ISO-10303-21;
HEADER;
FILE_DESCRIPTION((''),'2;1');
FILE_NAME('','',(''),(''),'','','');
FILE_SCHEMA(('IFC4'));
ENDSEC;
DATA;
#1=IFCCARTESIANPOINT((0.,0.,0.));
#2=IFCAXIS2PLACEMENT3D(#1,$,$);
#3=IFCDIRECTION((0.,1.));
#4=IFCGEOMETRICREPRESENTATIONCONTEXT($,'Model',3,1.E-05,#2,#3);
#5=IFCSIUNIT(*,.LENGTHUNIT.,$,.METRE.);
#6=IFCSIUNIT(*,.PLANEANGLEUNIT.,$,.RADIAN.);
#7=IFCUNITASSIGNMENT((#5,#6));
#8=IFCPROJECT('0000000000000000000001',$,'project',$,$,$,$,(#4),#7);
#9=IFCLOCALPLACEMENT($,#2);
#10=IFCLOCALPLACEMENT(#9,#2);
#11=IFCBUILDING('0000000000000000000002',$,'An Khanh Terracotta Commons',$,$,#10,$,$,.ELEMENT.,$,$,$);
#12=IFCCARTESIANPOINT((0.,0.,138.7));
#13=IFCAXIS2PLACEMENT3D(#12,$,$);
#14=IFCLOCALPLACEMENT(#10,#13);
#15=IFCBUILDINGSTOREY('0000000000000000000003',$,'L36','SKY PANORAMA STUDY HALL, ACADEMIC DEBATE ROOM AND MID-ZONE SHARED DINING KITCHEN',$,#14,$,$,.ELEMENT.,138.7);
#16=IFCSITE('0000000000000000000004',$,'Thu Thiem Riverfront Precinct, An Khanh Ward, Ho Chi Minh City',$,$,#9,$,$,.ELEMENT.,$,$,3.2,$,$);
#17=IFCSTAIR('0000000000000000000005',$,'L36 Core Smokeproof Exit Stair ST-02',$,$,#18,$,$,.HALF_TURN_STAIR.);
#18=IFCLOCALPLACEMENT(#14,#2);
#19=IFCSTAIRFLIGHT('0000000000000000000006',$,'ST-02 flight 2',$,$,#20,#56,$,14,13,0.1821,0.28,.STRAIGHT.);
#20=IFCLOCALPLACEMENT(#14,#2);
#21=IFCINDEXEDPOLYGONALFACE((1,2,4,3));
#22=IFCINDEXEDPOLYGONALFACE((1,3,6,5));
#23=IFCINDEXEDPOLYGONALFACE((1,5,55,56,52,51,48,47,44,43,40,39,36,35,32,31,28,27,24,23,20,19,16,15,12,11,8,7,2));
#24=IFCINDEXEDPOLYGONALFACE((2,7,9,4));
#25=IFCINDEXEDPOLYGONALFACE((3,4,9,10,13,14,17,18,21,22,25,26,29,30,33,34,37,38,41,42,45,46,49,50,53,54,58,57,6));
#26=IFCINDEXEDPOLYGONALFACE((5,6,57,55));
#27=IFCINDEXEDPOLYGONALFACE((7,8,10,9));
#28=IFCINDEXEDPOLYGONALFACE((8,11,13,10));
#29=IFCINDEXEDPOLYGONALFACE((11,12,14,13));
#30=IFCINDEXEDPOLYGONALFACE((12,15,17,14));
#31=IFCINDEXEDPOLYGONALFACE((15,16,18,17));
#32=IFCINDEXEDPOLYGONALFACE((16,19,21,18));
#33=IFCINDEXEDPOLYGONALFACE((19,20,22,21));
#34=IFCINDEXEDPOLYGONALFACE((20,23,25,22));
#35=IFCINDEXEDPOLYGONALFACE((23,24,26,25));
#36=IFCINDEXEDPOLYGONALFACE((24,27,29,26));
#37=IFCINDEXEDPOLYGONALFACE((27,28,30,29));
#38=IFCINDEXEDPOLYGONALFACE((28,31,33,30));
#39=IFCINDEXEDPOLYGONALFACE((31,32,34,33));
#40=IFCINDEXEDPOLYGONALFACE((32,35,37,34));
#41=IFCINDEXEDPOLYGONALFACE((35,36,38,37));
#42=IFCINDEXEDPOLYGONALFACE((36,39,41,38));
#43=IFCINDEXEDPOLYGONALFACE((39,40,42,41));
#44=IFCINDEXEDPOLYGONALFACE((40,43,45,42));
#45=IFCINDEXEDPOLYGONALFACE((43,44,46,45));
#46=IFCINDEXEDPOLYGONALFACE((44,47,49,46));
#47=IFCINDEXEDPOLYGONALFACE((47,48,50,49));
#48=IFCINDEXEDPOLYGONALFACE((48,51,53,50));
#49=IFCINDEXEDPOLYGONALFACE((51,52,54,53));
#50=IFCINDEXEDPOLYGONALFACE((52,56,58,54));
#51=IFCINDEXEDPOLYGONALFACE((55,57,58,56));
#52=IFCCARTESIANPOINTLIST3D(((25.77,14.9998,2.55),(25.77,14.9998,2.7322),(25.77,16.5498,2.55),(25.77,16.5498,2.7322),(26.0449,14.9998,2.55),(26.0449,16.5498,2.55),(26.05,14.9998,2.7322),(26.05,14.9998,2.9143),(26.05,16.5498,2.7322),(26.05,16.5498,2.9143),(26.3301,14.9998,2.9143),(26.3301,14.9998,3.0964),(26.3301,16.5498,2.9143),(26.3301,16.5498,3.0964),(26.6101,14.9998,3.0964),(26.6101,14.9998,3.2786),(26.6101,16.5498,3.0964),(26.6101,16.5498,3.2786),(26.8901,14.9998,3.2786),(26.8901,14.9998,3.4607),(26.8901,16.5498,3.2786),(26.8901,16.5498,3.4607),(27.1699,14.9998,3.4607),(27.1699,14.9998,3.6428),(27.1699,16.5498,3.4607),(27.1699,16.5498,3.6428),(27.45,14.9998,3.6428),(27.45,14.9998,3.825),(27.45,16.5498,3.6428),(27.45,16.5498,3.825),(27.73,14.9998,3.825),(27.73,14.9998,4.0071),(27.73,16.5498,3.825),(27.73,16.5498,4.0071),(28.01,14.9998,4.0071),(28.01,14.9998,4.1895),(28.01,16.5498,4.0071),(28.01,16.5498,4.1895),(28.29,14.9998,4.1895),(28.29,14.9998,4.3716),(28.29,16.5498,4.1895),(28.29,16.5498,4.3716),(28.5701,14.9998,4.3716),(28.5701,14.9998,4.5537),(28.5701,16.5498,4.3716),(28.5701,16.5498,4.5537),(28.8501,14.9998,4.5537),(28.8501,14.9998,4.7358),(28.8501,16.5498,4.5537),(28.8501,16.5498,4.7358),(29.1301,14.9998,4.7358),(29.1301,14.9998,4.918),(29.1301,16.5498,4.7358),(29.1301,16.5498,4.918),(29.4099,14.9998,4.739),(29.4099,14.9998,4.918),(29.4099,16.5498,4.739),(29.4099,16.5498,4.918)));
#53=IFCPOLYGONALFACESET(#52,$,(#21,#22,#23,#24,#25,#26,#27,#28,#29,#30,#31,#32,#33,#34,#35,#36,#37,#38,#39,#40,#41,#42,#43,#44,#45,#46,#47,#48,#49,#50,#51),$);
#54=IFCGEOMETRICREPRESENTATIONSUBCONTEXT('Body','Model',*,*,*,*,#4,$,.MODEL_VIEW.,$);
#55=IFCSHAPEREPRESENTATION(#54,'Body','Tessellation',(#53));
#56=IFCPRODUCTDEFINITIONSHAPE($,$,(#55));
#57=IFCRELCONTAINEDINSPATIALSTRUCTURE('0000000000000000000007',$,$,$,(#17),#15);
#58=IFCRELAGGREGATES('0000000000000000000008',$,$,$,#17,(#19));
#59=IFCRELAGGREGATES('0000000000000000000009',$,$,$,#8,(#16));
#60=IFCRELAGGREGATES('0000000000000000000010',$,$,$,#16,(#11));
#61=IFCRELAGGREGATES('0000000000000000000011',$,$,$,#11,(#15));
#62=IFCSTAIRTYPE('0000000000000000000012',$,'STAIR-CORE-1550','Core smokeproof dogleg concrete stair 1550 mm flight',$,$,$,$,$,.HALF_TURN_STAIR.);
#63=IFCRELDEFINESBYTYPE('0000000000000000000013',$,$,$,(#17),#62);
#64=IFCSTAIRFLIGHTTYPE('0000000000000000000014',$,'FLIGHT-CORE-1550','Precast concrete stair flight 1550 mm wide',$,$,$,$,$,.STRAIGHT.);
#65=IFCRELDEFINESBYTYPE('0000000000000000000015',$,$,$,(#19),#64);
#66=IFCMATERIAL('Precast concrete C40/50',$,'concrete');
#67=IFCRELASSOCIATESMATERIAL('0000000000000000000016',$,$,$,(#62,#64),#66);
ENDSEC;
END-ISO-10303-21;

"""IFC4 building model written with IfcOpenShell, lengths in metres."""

from ifc_helpers import new_model, si_unit, direction, frame, origin, place, context, subcontext, project, spatial, polyline, outline, extrude, material, type_object, element, aggregate, save


model = new_model("IFC4")

# Units and contexts
model_context = context("Model", 3, precision=1e-05, world=origin(), true_north=direction((0.0, 1.0)))
body_context = subcontext(model_context, "Body", "Model", "MODEL_VIEW")
ifc_project = project(units=[si_unit("LENGTHUNIT", "METRE"), si_unit("PLANEANGLEUNIT", "RADIAN")], contexts=[model_context])

# Site, building, storey
site_placement = place(None, origin())
site = spatial("IfcSite", under=ifc_project, at=site_placement, Name="Thu Thiem Riverfront Precinct, An Khanh Ward, Ho Chi Minh City", CompositionType="ELEMENT", RefElevation=3.2)
building_placement = place(site_placement, origin())
building = spatial("IfcBuilding", under=site, at=building_placement, Name="An Khanh Terracotta Commons", CompositionType="ELEMENT")
storey_placement = place(building_placement, frame((0.0, 0.0, 138.7)))
storey = spatial("IfcBuildingStorey", under=building, at=storey_placement, Name="L36", Description="SKY PANORAMA STUDY HALL, ACADEMIC DEBATE ROOM AND MID-ZONE SHARED DINING KITCHEN", CompositionType="ELEMENT", Elevation=138.7)

# Stair, stair flight
ifc_material_1 = material(Name="Precast concrete C40/50", Category="concrete")
stair_type = type_object("IfcStairType", Name="STAIR-CORE-1550", Description="Core smokeproof dogleg concrete stair 1550 mm flight", PredefinedType="HALF_TURN_STAIR", material=ifc_material_1)
stair_placement = place(storey_placement, origin())
stair = element("IfcStair", 1, at=stair_placement, inside=storey, type_object=stair_type, Name="L36 Core Smokeproof Exit Stair ST-02", PredefinedType="HALF_TURN_STAIR")
stair_flight_type = type_object("IfcStairFlightType", Name="FLIGHT-CORE-1550", Description="Precast concrete stair flight 1550 mm wide", PredefinedType="STRAIGHT", material=ifc_material_1)
stair_flight_1_placement = place(storey_placement, frame((25.77, 15.7749, 2.55), z_axis=(0.0, 0.0, 1.0), x_axis=(1.0, 0.0, 0.0)))
stair_flight_1 = element("IfcStairFlight", 2, at=stair_flight_1_placement, type_object=stair_flight_type, Name="ST-02 flight 2", NumberOfRisers=14, NumberOfTreads=13, PredefinedType="STRAIGHT", RiserHeight=0.1821, TreadLength=0.28, context=body_context, shape_type="SweptSolid", body=[
    extrude(outline(polyline([(0.0, 0.0), (0.0, 0.1821), (0.28, 0.1821), (0.28, 0.3643), (0.5601, 0.3643), (0.5601, 0.5464), (0.8401, 0.5464), (0.8401, 0.7285), (1.1201, 0.7285), (1.1201, 0.9106), (1.3999, 0.9106), (1.3999, 1.0928), (1.6799, 1.0928), (1.6799, 1.2749), (1.96, 1.2749), (1.96, 1.457), (2.24, 1.457), (2.24, 1.6394), (2.52, 1.6394), (2.52, 1.8215), (2.8, 1.8215), (2.8, 2.0037), (3.0801, 2.0037), (3.0801, 2.1858), (3.3601, 2.1858), (3.3601, 2.3679), (3.6399, 2.3679), (3.6399, 2.55), (3.6399, 2.189), (0.2749, 0.0), (0.0, 0.0)])), frame((0.0, 0.7749, 0.0), z_axis=(0.0, -1.0, 0.0), x_axis=(1.0, 0.0, 0.0)), (0.0, 0.0, 1.0), 1.55),
])
aggregate(stair, [stair_flight_1])

save(model, "model.ifc")
